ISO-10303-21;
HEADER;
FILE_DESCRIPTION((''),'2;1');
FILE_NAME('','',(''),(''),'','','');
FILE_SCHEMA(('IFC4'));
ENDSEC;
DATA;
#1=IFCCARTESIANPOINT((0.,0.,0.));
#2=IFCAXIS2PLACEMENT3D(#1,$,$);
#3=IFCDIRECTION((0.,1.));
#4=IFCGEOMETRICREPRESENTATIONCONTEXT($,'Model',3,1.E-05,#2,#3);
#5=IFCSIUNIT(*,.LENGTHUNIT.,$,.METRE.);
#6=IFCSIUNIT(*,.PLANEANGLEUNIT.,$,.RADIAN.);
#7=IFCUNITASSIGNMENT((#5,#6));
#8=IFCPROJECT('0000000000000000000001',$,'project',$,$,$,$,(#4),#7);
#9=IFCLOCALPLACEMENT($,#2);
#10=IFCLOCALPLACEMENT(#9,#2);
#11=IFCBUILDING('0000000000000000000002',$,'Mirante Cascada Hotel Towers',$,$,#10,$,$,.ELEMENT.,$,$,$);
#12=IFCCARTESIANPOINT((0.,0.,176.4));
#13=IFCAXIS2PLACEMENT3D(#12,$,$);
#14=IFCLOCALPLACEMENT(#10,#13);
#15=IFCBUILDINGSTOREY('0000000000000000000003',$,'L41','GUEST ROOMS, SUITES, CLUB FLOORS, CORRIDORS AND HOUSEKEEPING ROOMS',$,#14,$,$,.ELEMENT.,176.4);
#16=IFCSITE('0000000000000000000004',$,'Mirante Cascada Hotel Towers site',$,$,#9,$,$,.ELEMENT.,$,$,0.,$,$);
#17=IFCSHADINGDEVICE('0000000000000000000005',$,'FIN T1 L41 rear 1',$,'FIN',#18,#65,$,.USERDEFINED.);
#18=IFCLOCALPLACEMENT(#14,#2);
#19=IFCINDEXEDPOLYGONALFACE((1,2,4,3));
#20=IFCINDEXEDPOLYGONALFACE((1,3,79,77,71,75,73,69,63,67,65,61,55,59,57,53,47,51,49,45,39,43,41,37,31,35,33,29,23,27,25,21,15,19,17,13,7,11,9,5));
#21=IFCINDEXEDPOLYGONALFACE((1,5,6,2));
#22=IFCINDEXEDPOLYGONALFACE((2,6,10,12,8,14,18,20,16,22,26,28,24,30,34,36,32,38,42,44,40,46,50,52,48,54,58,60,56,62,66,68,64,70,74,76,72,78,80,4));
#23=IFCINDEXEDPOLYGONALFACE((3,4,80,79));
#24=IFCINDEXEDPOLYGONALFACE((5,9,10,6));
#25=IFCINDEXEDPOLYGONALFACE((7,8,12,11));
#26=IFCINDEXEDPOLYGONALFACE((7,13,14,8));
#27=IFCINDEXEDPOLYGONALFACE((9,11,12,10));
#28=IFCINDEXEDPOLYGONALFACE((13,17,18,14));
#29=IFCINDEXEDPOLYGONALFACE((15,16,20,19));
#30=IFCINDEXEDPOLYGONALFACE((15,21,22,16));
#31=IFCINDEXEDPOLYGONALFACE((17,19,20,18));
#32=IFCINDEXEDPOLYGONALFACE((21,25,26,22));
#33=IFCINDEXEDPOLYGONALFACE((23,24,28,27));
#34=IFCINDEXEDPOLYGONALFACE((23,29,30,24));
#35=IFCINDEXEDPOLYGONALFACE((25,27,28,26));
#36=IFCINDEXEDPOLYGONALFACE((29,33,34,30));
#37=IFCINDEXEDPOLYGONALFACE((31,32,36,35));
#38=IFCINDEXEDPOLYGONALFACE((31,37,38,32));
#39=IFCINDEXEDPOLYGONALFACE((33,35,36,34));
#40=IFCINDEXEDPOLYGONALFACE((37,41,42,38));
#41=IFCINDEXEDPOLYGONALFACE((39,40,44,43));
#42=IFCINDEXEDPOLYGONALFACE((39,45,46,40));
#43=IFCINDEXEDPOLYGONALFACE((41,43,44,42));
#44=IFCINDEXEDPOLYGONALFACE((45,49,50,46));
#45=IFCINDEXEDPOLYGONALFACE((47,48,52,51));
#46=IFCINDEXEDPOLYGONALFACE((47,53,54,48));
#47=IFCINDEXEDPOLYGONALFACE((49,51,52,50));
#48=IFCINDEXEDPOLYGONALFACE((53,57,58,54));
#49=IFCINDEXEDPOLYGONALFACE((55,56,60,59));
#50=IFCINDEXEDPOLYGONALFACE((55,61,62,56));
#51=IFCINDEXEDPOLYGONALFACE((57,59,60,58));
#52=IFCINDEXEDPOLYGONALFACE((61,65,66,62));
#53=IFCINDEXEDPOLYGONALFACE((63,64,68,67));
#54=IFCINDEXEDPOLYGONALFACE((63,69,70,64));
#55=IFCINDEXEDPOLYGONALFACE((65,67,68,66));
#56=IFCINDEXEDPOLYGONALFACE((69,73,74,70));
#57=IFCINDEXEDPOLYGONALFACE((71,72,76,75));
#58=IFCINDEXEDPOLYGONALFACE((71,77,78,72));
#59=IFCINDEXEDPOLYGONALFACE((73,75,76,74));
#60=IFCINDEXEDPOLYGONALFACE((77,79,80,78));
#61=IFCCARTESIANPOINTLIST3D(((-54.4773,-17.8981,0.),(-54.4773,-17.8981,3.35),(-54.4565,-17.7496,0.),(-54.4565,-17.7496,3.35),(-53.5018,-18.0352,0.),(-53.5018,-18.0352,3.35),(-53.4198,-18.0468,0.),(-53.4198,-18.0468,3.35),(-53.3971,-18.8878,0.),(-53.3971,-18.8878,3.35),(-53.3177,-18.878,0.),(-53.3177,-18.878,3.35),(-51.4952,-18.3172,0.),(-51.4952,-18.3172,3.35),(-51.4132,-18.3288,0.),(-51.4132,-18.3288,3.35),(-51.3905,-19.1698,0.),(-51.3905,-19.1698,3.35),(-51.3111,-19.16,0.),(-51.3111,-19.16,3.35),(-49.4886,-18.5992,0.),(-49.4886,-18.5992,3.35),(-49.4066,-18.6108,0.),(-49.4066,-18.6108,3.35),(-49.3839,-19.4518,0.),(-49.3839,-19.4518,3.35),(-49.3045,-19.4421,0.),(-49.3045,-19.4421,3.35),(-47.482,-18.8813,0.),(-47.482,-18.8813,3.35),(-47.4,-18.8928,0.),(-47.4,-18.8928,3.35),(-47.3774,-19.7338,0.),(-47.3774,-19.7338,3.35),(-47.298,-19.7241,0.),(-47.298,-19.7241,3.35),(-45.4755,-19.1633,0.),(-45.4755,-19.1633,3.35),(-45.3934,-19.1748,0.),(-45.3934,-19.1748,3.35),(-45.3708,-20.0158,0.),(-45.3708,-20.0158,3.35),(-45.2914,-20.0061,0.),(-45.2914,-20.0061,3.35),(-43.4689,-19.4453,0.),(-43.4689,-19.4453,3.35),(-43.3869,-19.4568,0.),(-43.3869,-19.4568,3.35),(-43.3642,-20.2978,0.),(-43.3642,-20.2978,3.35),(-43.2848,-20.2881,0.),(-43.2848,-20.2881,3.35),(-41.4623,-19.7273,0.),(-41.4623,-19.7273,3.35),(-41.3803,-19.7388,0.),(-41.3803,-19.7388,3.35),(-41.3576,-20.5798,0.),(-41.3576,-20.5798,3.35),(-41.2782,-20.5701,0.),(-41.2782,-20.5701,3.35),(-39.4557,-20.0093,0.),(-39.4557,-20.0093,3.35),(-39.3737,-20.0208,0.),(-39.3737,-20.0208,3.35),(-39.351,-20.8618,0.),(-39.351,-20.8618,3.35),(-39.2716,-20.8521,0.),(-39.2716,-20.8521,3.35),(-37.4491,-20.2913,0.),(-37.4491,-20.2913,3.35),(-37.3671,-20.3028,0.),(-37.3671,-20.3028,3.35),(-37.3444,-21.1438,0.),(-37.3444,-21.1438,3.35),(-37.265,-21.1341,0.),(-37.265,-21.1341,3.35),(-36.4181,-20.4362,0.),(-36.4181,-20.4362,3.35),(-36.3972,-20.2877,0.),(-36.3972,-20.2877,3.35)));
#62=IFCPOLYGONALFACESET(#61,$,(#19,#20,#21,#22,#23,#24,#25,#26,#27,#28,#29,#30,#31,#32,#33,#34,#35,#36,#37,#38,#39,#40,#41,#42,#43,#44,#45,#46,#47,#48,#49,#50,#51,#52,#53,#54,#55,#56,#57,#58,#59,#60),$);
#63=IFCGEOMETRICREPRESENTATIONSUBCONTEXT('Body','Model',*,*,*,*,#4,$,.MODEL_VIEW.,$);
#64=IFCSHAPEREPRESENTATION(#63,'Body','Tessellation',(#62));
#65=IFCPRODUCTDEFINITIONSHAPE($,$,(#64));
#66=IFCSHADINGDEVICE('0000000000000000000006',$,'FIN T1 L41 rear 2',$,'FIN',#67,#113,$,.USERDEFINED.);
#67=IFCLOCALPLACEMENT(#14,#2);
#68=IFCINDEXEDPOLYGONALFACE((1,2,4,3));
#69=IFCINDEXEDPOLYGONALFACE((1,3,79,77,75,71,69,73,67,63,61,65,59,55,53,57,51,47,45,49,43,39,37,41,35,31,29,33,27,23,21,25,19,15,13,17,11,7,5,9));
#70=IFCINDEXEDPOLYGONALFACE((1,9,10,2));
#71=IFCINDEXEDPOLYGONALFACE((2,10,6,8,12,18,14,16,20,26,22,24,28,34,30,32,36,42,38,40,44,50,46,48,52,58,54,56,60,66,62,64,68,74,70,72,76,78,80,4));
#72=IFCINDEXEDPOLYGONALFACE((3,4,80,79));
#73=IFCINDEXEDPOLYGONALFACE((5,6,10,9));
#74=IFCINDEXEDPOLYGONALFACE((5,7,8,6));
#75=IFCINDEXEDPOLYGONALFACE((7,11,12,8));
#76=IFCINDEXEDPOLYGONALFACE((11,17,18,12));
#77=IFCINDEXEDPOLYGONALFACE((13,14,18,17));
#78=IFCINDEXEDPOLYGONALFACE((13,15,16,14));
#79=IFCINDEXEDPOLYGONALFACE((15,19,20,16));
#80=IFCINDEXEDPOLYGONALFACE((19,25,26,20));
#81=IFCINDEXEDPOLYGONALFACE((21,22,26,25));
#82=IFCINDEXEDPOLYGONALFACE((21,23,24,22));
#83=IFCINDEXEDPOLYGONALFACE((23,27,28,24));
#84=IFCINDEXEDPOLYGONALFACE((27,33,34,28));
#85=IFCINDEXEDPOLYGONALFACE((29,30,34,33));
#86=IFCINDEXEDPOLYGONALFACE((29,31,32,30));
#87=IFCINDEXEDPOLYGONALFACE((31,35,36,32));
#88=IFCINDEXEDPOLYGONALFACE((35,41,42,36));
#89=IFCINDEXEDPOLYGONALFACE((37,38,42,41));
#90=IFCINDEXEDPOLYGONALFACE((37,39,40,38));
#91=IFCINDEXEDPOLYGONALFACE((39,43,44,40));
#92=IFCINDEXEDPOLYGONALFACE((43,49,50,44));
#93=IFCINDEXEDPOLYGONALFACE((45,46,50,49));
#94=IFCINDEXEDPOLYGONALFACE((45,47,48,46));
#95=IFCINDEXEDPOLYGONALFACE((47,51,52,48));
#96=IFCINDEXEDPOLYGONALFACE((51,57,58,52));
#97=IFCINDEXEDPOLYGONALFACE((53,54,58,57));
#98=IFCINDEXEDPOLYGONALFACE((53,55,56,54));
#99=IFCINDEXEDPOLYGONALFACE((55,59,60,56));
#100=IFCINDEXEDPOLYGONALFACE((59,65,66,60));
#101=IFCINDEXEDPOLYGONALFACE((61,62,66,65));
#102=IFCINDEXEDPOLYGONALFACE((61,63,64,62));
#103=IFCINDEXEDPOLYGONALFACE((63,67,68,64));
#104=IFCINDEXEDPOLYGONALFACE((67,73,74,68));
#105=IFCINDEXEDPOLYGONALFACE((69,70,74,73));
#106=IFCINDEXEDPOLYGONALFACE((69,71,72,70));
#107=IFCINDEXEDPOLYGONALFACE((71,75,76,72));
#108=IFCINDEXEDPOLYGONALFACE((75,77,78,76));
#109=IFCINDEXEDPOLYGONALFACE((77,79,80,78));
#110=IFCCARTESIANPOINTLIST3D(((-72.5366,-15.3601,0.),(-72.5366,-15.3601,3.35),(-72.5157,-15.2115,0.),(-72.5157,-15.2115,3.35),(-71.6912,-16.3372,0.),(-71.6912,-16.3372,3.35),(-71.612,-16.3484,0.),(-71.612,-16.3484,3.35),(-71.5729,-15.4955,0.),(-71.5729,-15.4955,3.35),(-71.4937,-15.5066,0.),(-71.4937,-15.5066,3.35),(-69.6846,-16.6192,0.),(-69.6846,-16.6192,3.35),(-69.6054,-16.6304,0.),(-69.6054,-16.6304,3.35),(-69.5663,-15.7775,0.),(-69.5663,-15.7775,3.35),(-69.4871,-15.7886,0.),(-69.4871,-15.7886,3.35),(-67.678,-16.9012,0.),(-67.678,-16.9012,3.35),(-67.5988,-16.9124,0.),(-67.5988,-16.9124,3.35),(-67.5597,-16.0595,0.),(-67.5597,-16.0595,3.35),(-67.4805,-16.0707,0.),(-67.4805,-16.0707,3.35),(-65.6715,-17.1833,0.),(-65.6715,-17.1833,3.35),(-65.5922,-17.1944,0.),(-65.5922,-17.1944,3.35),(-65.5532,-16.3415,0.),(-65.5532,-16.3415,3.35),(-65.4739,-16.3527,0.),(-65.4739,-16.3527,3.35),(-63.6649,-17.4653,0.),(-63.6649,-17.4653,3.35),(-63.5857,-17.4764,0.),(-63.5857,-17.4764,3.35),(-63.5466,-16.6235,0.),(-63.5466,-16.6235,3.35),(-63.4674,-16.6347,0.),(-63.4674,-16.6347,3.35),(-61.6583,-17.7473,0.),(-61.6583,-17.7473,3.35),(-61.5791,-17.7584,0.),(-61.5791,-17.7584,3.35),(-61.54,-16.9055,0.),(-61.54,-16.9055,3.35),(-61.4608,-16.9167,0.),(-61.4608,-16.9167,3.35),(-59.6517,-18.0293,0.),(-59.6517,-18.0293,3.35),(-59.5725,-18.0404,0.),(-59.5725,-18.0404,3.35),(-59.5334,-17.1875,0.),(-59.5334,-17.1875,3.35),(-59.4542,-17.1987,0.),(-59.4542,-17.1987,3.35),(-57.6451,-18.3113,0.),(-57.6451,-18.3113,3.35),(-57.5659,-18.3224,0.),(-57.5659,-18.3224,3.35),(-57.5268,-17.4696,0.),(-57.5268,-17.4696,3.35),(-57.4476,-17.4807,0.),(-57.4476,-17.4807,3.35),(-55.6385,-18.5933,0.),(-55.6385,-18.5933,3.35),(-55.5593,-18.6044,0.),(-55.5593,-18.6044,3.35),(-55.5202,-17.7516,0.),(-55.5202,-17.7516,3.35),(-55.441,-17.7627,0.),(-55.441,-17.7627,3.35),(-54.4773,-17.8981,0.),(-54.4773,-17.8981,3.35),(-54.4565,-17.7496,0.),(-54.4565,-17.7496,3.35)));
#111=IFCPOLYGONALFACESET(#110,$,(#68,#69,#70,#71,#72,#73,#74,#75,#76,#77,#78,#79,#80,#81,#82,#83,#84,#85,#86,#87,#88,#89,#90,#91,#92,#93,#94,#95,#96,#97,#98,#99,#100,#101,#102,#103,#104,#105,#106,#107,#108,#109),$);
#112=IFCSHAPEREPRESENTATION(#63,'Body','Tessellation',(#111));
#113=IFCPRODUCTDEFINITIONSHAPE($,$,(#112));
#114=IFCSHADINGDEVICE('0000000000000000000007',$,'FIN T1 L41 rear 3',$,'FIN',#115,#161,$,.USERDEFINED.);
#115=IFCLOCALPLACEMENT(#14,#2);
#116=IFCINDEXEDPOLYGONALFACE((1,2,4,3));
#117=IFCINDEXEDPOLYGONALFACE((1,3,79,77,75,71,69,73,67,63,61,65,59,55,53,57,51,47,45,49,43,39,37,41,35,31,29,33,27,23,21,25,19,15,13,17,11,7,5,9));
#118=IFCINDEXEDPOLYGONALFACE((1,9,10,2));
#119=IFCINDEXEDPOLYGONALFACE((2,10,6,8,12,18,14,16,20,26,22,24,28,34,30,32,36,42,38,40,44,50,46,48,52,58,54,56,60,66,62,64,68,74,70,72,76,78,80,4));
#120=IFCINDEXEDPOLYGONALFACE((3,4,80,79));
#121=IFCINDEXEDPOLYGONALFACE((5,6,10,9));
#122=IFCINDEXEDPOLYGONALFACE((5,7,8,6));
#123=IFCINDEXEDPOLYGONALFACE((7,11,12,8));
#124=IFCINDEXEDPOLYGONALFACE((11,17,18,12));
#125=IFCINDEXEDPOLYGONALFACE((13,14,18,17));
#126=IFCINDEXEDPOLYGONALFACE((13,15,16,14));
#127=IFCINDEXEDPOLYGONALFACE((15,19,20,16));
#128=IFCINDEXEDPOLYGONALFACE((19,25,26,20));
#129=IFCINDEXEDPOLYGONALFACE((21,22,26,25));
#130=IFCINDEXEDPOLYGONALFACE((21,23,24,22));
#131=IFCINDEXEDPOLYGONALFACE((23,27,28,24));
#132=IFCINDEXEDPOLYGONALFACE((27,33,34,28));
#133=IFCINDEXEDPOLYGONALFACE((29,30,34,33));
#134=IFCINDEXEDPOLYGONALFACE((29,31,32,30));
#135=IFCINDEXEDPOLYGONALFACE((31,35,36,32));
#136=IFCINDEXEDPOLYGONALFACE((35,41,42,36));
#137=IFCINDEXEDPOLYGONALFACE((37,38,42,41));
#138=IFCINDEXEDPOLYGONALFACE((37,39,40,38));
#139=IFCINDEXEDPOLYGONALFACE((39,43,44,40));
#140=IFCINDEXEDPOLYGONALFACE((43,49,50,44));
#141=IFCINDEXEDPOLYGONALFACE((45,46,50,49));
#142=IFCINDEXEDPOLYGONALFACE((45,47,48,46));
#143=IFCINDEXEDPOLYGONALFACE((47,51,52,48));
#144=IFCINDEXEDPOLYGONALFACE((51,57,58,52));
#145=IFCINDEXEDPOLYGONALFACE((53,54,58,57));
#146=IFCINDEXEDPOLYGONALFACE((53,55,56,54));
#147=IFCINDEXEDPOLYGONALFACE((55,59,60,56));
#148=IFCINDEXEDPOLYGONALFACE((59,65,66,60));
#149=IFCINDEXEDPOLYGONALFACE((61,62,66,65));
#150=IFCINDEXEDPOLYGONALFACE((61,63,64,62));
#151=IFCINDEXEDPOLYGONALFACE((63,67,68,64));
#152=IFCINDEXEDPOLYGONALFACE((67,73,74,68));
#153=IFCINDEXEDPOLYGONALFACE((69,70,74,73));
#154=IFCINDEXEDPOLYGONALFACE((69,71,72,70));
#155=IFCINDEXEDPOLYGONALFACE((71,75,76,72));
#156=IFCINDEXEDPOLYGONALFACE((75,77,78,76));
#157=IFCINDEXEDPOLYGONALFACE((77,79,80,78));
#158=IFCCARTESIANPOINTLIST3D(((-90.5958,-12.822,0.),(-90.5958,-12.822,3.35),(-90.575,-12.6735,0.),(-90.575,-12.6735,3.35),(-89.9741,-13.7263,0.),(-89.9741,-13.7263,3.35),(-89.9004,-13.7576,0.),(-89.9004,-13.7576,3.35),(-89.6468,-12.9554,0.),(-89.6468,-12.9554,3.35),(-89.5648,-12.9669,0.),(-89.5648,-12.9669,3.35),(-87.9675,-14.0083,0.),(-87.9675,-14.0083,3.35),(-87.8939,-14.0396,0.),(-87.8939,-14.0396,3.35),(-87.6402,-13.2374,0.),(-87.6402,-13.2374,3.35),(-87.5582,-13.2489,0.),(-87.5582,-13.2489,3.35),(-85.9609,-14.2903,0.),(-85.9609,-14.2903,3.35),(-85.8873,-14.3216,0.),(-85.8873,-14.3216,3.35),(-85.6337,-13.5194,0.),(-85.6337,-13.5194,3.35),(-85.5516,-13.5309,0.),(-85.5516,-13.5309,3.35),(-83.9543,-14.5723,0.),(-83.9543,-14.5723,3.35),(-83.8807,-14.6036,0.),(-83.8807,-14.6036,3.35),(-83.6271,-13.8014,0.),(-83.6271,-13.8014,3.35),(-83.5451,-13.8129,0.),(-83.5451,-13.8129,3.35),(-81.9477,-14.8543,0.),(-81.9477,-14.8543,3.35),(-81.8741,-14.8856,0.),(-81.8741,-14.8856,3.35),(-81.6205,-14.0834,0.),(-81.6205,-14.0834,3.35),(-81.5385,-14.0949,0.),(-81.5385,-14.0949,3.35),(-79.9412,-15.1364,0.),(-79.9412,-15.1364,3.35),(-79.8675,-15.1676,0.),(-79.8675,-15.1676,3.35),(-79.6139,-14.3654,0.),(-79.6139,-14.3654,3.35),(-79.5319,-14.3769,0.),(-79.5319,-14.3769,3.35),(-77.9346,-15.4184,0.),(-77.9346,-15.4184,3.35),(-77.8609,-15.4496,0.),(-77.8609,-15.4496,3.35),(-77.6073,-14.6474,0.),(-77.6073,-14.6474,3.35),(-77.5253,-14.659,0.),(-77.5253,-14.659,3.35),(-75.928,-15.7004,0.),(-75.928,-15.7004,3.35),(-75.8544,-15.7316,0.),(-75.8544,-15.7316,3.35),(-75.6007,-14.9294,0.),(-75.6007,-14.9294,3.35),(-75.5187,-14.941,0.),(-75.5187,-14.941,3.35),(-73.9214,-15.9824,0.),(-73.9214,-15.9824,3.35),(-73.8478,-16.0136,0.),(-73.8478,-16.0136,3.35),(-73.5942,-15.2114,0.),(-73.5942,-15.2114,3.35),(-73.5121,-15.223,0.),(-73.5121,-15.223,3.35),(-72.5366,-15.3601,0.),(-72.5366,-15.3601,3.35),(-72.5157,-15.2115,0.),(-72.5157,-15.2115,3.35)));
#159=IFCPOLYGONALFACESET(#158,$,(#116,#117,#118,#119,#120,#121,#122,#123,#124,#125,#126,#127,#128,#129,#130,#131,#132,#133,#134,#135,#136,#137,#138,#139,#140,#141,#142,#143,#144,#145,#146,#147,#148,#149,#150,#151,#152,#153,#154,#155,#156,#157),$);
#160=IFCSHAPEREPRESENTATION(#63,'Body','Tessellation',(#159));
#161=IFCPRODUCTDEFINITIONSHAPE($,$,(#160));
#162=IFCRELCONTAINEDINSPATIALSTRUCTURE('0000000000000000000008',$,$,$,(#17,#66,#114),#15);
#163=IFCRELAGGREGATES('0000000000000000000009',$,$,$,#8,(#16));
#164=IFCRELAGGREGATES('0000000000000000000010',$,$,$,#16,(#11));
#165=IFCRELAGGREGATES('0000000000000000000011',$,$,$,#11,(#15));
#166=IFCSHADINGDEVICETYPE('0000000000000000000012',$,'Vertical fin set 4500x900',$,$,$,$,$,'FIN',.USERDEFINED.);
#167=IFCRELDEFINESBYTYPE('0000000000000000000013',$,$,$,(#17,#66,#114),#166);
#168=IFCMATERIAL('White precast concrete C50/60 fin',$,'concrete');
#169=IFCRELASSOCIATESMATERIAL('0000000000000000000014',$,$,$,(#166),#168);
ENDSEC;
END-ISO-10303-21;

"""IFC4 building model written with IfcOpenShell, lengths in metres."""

from ifc_helpers import new_model, si_unit, direction, frame, origin, place, context, subcontext, project, spatial, polyline, outline, extrude, material, type_object, element, save


model = new_model("IFC4")

# Units and contexts
model_context = context("Model", 3, precision=1e-05, world=origin(), true_north=direction((0.0, 1.0)))
body_context = subcontext(model_context, "Body", "Model", "MODEL_VIEW")
ifc_project = project(units=[si_unit("LENGTHUNIT", "METRE"), si_unit("PLANEANGLEUNIT", "RADIAN")], contexts=[model_context])

# Site, building, storey
site_placement = place(None, origin())
site = spatial("IfcSite", under=ifc_project, at=site_placement, Name="Mirante Cascada Hotel Towers site", CompositionType="ELEMENT", RefElevation=0.0)
building_placement = place(site_placement, origin())
building = spatial("IfcBuilding", under=site, at=building_placement, Name="Mirante Cascada Hotel Towers", CompositionType="ELEMENT")
storey_placement = place(building_placement, frame((0.0, 0.0, 176.4)))
storey = spatial("IfcBuildingStorey", under=building, at=storey_placement, Name="L41", Description="GUEST ROOMS, SUITES, CLUB FLOORS, CORRIDORS AND HOUSEKEEPING ROOMS", CompositionType="ELEMENT", Elevation=176.4)

# Shading devices
ifc_material_1 = material(Name="White precast concrete C50/60 fin", Category="concrete")
shading_device_type = type_object("IfcShadingDeviceType", Name="Vertical fin set 4500x900", ElementType="FIN", PredefinedType="USERDEFINED", material=ifc_material_1)
shading_device_1_placement = place(storey_placement, origin())
element("IfcShadingDevice", 1, at=shading_device_1_placement, inside=storey, type_object=shading_device_type, Name="FIN T1 L41 rear 1", ObjectType="FIN", PredefinedType="USERDEFINED", context=body_context, shape_type="SweptSolid", body=[
    extrude(outline(polyline([(-37.4491, -20.2913), (-39.3737, -20.0208), (-39.2716, -20.8521), (-39.351, -20.8618), (-39.4557, -20.0093), (-41.3803, -19.7388), (-41.2782, -20.5701), (-41.3576, -20.5798), (-41.4623, -19.7273), (-43.3869, -19.4568), (-43.2848, -20.2881), (-43.3642, -20.2978), (-43.4689, -19.4453), (-45.3934, -19.1748), (-45.2914, -20.0061), (-45.3708, -20.0158), (-45.4755, -19.1633), (-47.4, -18.8928), (-47.298, -19.7241), (-47.3774, -19.7338), (-47.482, -18.8813), (-49.4066, -18.6108), (-49.3045, -19.4421), (-49.3839, -19.4518), (-49.4886, -18.5992), (-51.4132, -18.3288), (-51.3111, -19.16), (-51.3905, -19.1698), (-51.4952, -18.3172), (-53.4198, -18.0468), (-53.3177, -18.878), (-53.3971, -18.8878), (-53.5018, -18.0352), (-54.4773, -17.8981), (-54.4565, -17.7496), (-36.3972, -20.2877), (-36.4181, -20.4362), (-37.3671, -20.3028), (-37.265, -21.1341), (-37.3444, -21.1438), (-37.4491, -20.2913)])), origin(), (0.0, 0.0, 1.0), 3.35),
])
shading_device_2_placement = place(storey_placement, origin())
element("IfcShadingDevice", 2, at=shading_device_2_placement, inside=storey, type_object=shading_device_type, Name="FIN T1 L41 rear 2", ObjectType="FIN", PredefinedType="USERDEFINED", context=body_context, shape_type="SweptSolid", body=[
    extrude(outline(polyline([(-55.5202, -17.7516), (-57.4476, -17.4807), (-57.5659, -18.3224), (-57.6451, -18.3113), (-57.5268, -17.4696), (-59.4542, -17.1987), (-59.5725, -18.0404), (-59.6517, -18.0293), (-59.5334, -17.1875), (-61.4608, -16.9167), (-61.5791, -17.7584), (-61.6583, -17.7473), (-61.54, -16.9055), (-63.4674, -16.6347), (-63.5857, -17.4764), (-63.6649, -17.4653), (-63.5466, -16.6235), (-65.4739, -16.3527), (-65.5922, -17.1944), (-65.6715, -17.1833), (-65.5532, -16.3415), (-67.4805, -16.0707), (-67.5988, -16.9124), (-67.678, -16.9012), (-67.5597, -16.0595), (-69.4871, -15.7886), (-69.6054, -16.6304), (-69.6846, -16.6192), (-69.5663, -15.7775), (-71.4937, -15.5066), (-71.612, -16.3484), (-71.6912, -16.3372), (-71.5729, -15.4955), (-72.5366, -15.3601), (-72.5157, -15.2115), (-54.4565, -17.7496), (-54.4773, -17.8981), (-55.441, -17.7627), (-55.5593, -18.6044), (-55.6385, -18.5933), (-55.5202, -17.7516)])), origin(), (0.0, 0.0, 1.0), 3.35),
])
shading_device_3_placement = place(storey_placement, origin())
element("IfcShadingDevice", 3, at=shading_device_3_placement, inside=storey, type_object=shading_device_type, Name="FIN T1 L41 rear 3", ObjectType="FIN", PredefinedType="USERDEFINED", context=body_context, shape_type="SweptSolid", body=[
    extrude(outline(polyline([(-73.5942, -15.2114), (-75.5187, -14.941), (-75.8544, -15.7316), (-75.928, -15.7004), (-75.6007, -14.9294), (-77.5253, -14.659), (-77.8609, -15.4496), (-77.9346, -15.4184), (-77.6073, -14.6474), (-79.5319, -14.3769), (-79.8675, -15.1676), (-79.9412, -15.1364), (-79.6139, -14.3654), (-81.5385, -14.0949), (-81.8741, -14.8856), (-81.9477, -14.8543), (-81.6205, -14.0834), (-83.5451, -13.8129), (-83.8807, -14.6036), (-83.9543, -14.5723), (-83.6271, -13.8014), (-85.5516, -13.5309), (-85.8873, -14.3216), (-85.9609, -14.2903), (-85.6337, -13.5194), (-87.5582, -13.2489), (-87.8939, -14.0396), (-87.9675, -14.0083), (-87.6402, -13.2374), (-89.5648, -12.9669), (-89.9004, -13.7576), (-89.9741, -13.7263), (-89.6468, -12.9554), (-90.5958, -12.822), (-90.575, -12.6735), (-72.5157, -15.2115), (-72.5366, -15.3601), (-73.5121, -15.223), (-73.8478, -16.0136), (-73.9214, -15.9824), (-73.5942, -15.2114)])), origin(), (0.0, 0.0, 1.0), 3.35),
])

save(model, "model.ifc")
